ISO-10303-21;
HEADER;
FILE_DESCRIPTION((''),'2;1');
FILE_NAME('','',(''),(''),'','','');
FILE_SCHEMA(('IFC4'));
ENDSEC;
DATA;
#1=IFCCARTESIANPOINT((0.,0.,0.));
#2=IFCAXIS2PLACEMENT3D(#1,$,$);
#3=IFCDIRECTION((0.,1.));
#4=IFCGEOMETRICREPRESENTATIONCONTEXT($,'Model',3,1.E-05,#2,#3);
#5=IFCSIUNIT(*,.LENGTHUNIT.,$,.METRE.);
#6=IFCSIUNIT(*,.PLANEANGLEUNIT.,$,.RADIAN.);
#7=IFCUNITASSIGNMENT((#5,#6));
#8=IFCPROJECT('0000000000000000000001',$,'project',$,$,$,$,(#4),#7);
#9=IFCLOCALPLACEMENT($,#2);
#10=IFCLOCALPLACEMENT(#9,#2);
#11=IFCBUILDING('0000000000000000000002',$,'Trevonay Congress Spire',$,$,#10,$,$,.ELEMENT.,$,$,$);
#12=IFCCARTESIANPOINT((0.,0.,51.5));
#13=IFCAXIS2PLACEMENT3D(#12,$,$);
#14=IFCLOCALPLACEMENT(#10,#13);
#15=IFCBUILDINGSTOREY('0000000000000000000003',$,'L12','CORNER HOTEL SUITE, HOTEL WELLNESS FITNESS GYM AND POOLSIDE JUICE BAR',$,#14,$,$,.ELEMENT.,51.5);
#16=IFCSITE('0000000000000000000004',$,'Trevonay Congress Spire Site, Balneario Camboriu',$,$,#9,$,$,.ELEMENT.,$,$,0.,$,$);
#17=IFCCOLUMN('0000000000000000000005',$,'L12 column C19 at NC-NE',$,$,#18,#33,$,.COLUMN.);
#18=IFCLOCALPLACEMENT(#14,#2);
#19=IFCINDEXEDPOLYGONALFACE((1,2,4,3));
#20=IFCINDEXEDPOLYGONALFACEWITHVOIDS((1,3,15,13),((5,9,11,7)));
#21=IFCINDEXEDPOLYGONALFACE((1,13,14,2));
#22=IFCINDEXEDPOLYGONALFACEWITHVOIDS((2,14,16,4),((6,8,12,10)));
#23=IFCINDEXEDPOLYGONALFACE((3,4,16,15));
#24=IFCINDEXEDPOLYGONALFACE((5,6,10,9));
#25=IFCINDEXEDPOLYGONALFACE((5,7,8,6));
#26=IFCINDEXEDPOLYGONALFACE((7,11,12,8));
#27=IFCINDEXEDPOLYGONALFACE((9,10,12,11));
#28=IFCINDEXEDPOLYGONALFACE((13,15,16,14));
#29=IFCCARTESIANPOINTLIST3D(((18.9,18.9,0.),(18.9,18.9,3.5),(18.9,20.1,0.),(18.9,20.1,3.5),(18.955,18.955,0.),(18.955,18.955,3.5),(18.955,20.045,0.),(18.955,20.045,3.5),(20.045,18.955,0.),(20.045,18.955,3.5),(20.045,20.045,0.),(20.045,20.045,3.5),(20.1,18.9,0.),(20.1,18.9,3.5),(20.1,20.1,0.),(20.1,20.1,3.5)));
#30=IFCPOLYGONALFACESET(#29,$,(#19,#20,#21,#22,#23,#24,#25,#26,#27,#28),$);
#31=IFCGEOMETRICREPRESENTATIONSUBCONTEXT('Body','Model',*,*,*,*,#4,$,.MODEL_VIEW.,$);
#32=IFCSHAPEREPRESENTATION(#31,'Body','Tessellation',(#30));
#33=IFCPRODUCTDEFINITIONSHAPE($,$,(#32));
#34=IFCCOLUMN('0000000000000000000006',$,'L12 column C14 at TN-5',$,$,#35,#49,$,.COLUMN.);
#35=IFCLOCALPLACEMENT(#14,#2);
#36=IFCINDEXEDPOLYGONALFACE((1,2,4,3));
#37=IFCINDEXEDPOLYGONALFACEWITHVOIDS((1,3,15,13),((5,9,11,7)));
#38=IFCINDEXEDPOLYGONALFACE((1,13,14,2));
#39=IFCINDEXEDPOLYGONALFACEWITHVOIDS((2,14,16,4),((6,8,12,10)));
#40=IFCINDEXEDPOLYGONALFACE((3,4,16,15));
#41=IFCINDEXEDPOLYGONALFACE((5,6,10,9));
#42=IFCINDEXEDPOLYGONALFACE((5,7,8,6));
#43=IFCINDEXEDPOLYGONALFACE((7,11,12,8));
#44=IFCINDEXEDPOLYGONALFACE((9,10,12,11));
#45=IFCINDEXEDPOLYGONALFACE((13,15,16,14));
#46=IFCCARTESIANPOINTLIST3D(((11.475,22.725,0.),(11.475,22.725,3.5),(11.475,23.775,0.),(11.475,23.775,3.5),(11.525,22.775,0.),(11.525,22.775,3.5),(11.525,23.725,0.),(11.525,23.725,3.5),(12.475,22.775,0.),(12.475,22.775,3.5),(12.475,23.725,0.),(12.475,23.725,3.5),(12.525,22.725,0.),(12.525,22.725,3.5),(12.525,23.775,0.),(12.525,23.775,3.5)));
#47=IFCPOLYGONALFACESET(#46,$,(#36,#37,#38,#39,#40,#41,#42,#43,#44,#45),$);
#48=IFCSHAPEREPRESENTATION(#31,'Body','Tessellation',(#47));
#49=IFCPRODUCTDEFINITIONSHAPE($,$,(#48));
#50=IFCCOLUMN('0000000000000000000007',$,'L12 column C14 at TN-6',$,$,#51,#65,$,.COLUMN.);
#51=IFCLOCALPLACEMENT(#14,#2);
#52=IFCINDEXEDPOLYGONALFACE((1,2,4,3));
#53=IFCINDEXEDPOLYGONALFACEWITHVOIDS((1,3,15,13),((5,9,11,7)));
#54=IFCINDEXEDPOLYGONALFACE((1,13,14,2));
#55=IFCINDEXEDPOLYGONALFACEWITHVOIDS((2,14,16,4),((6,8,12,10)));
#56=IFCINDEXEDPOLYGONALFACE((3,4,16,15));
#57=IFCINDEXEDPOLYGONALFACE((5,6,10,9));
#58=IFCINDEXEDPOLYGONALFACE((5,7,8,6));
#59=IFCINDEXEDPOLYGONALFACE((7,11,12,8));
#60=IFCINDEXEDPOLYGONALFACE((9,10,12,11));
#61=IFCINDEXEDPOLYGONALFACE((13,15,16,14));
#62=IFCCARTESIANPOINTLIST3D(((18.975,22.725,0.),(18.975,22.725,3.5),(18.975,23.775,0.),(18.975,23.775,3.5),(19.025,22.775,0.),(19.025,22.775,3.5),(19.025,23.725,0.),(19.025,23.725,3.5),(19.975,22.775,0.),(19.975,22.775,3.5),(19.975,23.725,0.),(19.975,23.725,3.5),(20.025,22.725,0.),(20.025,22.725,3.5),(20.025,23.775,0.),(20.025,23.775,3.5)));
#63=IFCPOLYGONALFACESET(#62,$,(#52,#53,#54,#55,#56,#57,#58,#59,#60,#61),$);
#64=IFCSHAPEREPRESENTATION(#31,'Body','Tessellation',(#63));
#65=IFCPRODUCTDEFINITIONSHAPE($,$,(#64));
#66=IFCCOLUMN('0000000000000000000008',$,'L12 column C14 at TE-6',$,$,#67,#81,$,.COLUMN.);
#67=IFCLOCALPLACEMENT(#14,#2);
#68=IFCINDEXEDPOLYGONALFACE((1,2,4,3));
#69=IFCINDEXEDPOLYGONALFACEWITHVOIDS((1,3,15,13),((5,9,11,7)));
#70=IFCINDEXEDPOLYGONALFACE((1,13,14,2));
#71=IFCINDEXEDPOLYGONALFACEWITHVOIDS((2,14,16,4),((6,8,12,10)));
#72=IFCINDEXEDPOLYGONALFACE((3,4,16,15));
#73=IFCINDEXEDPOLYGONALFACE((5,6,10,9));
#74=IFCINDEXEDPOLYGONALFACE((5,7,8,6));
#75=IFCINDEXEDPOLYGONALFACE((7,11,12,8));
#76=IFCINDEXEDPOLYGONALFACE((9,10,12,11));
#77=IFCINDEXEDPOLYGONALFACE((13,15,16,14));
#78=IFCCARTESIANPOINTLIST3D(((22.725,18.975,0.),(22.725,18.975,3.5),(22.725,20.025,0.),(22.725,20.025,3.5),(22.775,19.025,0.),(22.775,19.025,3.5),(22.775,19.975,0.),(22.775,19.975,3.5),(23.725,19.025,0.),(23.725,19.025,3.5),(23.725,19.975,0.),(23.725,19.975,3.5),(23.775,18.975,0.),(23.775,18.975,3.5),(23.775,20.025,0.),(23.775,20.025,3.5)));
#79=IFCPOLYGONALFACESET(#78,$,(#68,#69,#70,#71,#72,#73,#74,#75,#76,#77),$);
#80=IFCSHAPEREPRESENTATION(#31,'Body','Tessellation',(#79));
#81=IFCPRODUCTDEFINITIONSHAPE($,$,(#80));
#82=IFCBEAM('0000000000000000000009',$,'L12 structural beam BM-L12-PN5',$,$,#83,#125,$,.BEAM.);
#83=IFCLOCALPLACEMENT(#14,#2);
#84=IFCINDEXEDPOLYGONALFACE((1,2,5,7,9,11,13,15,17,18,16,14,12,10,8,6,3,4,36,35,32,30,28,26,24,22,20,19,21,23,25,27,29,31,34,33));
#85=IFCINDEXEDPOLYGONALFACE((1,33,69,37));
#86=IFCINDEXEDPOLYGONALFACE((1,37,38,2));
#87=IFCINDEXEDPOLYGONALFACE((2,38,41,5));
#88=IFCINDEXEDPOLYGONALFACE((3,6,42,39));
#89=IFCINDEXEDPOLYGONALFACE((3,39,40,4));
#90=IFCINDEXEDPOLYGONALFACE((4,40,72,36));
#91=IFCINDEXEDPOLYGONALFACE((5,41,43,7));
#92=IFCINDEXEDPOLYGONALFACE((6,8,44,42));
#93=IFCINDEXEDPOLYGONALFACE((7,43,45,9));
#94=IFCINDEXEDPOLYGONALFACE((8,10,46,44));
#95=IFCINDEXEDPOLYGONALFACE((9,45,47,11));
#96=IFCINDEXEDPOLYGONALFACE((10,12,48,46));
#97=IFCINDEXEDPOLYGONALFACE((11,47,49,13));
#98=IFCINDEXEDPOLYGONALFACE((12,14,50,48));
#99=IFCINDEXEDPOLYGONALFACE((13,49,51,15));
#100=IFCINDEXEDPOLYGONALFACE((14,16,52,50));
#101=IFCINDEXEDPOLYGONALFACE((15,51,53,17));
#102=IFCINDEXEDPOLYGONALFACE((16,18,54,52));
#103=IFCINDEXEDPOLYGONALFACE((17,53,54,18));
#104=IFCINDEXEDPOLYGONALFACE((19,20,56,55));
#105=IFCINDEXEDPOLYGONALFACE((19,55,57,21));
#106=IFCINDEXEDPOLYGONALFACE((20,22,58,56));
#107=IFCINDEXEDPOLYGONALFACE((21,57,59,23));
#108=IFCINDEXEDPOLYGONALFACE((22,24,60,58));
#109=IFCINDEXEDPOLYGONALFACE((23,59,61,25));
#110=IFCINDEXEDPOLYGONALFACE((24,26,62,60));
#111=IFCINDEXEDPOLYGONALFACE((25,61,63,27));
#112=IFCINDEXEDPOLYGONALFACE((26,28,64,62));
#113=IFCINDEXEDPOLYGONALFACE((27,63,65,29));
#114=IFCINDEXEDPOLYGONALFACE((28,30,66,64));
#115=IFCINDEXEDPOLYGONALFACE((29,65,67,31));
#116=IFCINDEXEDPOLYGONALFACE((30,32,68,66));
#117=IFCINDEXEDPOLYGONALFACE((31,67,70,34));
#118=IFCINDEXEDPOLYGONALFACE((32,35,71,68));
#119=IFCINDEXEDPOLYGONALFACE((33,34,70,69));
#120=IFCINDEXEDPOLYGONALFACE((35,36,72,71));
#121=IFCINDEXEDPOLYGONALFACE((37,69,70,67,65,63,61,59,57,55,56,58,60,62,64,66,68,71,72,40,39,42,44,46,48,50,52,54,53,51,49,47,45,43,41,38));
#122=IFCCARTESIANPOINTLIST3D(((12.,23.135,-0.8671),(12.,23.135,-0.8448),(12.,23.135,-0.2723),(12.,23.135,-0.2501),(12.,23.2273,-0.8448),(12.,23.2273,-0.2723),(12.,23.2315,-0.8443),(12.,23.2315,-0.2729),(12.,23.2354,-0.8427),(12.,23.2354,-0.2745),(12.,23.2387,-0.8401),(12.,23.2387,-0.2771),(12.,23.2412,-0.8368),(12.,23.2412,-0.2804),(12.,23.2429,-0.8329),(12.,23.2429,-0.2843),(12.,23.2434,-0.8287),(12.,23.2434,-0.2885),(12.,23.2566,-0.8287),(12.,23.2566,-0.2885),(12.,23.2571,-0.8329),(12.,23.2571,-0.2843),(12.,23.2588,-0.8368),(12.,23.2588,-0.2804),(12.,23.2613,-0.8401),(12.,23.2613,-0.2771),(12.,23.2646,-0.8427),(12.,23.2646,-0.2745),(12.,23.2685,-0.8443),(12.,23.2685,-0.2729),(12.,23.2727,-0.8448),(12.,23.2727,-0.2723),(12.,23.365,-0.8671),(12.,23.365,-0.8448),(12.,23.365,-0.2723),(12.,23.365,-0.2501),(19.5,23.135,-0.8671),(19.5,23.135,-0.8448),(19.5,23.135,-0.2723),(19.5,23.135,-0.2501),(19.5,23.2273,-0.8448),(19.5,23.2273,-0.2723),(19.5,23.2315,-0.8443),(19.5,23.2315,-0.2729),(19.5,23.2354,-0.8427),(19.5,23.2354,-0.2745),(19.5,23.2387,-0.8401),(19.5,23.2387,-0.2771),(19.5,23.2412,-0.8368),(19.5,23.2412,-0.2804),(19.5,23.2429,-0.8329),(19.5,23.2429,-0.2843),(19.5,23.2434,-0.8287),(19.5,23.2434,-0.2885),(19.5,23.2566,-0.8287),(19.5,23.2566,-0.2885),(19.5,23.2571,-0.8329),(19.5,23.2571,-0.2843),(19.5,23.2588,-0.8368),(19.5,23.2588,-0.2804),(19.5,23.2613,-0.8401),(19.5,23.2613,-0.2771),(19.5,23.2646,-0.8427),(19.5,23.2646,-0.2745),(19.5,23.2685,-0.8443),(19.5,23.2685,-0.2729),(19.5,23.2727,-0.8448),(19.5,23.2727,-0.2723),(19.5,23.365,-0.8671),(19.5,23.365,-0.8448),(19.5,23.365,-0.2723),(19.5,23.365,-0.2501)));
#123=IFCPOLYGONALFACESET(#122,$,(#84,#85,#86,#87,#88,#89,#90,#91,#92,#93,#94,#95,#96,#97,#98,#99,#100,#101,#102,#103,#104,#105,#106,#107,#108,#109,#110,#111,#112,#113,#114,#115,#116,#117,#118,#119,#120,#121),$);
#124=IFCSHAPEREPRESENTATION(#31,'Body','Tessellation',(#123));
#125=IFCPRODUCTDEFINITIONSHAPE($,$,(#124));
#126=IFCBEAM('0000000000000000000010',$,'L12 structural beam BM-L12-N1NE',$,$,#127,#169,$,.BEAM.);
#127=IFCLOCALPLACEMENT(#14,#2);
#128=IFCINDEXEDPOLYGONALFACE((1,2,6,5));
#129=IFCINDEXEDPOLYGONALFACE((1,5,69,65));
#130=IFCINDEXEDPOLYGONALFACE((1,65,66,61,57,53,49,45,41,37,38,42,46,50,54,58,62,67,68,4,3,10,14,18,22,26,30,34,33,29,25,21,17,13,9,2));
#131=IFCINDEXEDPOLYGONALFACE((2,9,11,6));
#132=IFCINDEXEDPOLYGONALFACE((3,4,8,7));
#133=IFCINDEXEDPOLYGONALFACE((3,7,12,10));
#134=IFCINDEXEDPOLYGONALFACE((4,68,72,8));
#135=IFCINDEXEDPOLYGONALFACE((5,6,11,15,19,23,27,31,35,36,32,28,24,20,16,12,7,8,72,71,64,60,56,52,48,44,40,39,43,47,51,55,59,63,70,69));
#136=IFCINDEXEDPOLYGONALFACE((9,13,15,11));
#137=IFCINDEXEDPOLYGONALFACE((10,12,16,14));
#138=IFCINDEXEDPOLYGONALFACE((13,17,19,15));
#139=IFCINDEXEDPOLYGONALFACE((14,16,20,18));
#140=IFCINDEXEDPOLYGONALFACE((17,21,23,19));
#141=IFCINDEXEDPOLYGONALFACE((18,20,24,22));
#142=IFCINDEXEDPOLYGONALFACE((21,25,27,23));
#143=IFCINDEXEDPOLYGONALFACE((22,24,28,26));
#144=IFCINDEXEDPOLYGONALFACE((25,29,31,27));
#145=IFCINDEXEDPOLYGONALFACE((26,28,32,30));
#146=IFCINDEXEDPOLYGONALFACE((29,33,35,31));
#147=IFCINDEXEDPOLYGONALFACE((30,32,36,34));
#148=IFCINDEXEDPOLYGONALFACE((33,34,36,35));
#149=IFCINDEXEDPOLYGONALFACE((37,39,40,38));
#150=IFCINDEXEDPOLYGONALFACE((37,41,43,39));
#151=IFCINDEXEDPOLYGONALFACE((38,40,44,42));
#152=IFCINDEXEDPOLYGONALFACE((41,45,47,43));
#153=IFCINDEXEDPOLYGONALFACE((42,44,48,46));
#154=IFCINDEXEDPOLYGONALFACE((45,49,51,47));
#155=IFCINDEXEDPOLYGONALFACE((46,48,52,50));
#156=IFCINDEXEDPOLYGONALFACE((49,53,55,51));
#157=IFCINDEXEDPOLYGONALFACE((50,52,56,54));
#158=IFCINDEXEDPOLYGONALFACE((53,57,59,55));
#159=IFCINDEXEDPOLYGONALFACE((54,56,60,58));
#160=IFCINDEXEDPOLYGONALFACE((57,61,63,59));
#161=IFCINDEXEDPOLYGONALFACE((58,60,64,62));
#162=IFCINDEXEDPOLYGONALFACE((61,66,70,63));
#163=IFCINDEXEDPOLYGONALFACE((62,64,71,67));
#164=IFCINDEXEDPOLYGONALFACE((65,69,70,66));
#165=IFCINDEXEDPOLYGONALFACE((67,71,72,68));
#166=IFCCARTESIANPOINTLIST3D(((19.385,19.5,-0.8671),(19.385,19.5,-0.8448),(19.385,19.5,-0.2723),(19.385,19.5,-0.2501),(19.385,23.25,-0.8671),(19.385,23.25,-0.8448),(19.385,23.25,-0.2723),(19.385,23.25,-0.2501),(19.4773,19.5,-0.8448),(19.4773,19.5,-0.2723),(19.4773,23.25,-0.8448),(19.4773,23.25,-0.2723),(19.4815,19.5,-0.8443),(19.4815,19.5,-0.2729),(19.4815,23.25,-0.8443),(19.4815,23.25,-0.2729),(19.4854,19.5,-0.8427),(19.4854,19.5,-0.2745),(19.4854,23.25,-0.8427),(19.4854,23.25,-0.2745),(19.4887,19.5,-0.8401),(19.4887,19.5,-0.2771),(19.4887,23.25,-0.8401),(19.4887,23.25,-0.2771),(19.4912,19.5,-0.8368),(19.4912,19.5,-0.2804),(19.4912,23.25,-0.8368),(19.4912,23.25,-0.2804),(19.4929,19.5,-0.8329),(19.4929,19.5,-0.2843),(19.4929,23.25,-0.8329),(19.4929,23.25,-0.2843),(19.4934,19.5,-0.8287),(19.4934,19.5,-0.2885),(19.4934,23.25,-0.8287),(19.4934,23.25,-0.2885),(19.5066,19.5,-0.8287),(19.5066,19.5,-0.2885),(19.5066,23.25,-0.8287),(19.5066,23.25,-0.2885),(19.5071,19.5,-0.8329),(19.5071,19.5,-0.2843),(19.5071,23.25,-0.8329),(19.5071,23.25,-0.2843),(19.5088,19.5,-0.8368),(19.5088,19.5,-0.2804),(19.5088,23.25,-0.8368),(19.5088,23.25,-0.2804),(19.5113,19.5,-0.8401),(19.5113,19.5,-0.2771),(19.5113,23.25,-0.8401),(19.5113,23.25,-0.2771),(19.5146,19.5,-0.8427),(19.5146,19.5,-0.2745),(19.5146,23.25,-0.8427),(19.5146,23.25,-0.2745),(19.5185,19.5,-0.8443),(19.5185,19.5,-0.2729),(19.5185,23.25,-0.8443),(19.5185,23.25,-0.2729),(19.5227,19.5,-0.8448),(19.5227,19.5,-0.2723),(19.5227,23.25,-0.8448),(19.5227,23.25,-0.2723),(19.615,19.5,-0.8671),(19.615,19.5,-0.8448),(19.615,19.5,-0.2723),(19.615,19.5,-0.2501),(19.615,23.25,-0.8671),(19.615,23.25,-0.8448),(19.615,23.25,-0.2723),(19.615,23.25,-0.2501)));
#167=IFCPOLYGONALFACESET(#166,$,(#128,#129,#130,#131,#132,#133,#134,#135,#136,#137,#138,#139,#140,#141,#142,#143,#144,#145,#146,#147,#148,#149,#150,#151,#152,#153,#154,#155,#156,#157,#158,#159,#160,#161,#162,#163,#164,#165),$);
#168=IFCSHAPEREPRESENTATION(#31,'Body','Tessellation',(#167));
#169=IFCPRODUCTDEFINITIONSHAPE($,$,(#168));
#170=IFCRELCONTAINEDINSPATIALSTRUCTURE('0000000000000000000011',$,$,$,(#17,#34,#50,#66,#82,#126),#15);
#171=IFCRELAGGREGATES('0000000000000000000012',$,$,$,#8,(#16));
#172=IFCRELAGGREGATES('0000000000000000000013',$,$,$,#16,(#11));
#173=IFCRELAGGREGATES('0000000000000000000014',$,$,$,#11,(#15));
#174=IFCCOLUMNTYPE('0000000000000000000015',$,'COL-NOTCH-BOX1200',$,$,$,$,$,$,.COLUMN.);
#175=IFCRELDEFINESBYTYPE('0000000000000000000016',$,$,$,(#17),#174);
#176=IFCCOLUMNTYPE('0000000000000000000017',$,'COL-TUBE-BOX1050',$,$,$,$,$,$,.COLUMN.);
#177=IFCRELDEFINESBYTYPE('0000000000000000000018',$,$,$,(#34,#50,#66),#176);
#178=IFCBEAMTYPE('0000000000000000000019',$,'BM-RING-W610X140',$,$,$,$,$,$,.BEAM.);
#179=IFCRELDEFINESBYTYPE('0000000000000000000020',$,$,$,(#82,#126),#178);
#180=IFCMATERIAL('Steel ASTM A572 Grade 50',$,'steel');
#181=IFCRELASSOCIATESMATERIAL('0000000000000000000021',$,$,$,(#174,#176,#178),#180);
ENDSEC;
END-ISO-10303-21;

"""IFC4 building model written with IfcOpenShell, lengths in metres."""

from ifc_helpers import new_model, si_unit, direction, frame, origin, origin_2d, place, context, subcontext, project, spatial, hollow_rectangle, i_section, extrude, material, material_profile, profile_set, type_object, element, save


model = new_model("IFC4")

# Units and contexts
model_context = context("Model", 3, precision=1e-05, world=origin(), true_north=direction((0.0, 1.0)))
body_context = subcontext(model_context, "Body", "Model", "MODEL_VIEW")
ifc_project = project(units=[si_unit("LENGTHUNIT", "METRE"), si_unit("PLANEANGLEUNIT", "RADIAN")], contexts=[model_context])

# Site, building, storey
site_placement = place(None, origin())
site = spatial("IfcSite", under=ifc_project, at=site_placement, Name="Trevonay Congress Spire Site, Balneario Camboriu", CompositionType="ELEMENT", RefElevation=0.0)
building_placement = place(site_placement, origin())
building = spatial("IfcBuilding", under=site, at=building_placement, Name="Trevonay Congress Spire", CompositionType="ELEMENT")
storey_placement = place(building_placement, frame((0.0, 0.0, 51.5)))
storey = spatial("IfcBuildingStorey", under=building, at=storey_placement, Name="L12", Description="CORNER HOTEL SUITE, HOTEL WELLNESS FITNESS GYM AND POOLSIDE JUICE BAR", CompositionType="ELEMENT", Elevation=51.5)

# Columns
ifc_material_1 = material(Name="Steel ASTM A572 Grade 50", Category="steel")
ifc_material_profile_1 = material_profile(ifc_material_1, hollow_rectangle(XDim=1.2, YDim=1.2, WallThickness=0.0549, at=origin_2d()), Name="BOX 1200x1200x55")
ifc_profile_set_1 = profile_set([ifc_material_profile_1], Name="Steel ASTM A572 Grade 50")
column_type_1 = type_object("IfcColumnType", Name="COL-NOTCH-BOX1200", PredefinedType="COLUMN", material=ifc_profile_set_1)
column_placement = place(storey_placement, frame((19.5, 19.5, 0.0), z_axis=(0.0, 0.0, 1.0), x_axis=(1.0, 0.0, 0.0)))
element("IfcColumn", 1, at=column_placement, inside=storey, type_object=column_type_1, Name="L12 column C19 at NC-NE", PredefinedType="COLUMN", context=body_context, shape_type="SweptSolid", body=[
    extrude(hollow_rectangle(XDim=1.2, YDim=1.2, WallThickness=0.0549, at=origin_2d()), origin(), (0.0, 0.0, 1.0), 3.5),
])
ifc_material_profile_2 = material_profile(ifc_material_1, hollow_rectangle(XDim=1.05, YDim=1.05, WallThickness=0.05, at=origin_2d()), Name="BOX 1050x1050x50")
ifc_profile_set_2 = profile_set([ifc_material_profile_2], Name="Steel ASTM A572 Grade 50")
column_type_2 = type_object("IfcColumnType", Name="COL-TUBE-BOX1050", PredefinedType="COLUMN", material=ifc_profile_set_2)
for number, where, z_axis, x_axis, name in (
    (2, (12.0, 23.25, 0.0), (0.0, 0.0, 1.0), (1.0, 0.0, 0.0), "L12 column C14 at TN-5"),
    (3, (19.5, 23.25, 0.0), (0.0, 0.0, 1.0), (1.0, 0.0, 0.0), "L12 column C14 at TN-6"),
    (4, (23.25, 19.5, 0.0), (0.0, 0.0, 1.0), (1.0, 0.0, 0.0), "L12 column C14 at TE-6"),
):
    element("IfcColumn", number, at=place(storey_placement, frame(where, z_axis=z_axis, x_axis=x_axis)), inside=storey, type_object=column_type_2, Name=name, PredefinedType="COLUMN", context=body_context, shape_type="SweptSolid", body=[
        extrude(hollow_rectangle(XDim=1.05, YDim=1.05, WallThickness=0.05, at=origin_2d()), origin(), (0.0, 0.0, 1.0), 3.5),
    ])

# Beams
ifc_material_profile_3 = material_profile(ifc_material_1, i_section(OverallWidth=0.23, OverallDepth=0.6169, WebThickness=0.0132, FlangeThickness=0.0222, FilletRadius=0.0161, at=origin_2d()), Name="W610x140")
ifc_profile_set_3 = profile_set([ifc_material_profile_3], Name="Steel ASTM A572 Grade 50")
beam_type = type_object("IfcBeamType", Name="BM-RING-W610X140", PredefinedType="BEAM", material=ifc_profile_set_3)
beam_placement = place(storey_placement, frame((12.0, 23.25, -0.5586), z_axis=(1.0, 0.0, 0.0), x_axis=(0.0, 1.0, 0.0)))
element("IfcBeam", 5, at=beam_placement, inside=storey, type_object=beam_type, Name="L12 structural beam BM-L12-PN5", PredefinedType="BEAM", context=body_context, shape_type="SweptSolid", body=[
    extrude(i_section(OverallWidth=0.23, OverallDepth=0.6169, WebThickness=0.0132, FlangeThickness=0.0222, FilletRadius=0.0161, at=origin_2d()), origin(), (0.0, 0.0, 1.0), 7.5),
])
for number, where, z_axis, x_axis, name in (
    (6, (19.5, 23.25, -0.5586), (0.0, -1.0, 0.0), (1.0, 0.0, 0.0), "L12 structural beam BM-L12-N1NE"),
):
    element("IfcBeam", number, at=place(storey_placement, frame(where, z_axis=z_axis, x_axis=x_axis)), inside=storey, type_object=beam_type, Name=name, PredefinedType="BEAM", context=body_context, shape_type="SweptSolid", body=[
        extrude(i_section(OverallWidth=0.23, OverallDepth=0.6169, WebThickness=0.0132, FlangeThickness=0.0222, FilletRadius=0.0161, at=origin_2d()), origin(), (0.0, 0.0, 1.0), 3.75),
    ])

save(model, "model.ifc")
